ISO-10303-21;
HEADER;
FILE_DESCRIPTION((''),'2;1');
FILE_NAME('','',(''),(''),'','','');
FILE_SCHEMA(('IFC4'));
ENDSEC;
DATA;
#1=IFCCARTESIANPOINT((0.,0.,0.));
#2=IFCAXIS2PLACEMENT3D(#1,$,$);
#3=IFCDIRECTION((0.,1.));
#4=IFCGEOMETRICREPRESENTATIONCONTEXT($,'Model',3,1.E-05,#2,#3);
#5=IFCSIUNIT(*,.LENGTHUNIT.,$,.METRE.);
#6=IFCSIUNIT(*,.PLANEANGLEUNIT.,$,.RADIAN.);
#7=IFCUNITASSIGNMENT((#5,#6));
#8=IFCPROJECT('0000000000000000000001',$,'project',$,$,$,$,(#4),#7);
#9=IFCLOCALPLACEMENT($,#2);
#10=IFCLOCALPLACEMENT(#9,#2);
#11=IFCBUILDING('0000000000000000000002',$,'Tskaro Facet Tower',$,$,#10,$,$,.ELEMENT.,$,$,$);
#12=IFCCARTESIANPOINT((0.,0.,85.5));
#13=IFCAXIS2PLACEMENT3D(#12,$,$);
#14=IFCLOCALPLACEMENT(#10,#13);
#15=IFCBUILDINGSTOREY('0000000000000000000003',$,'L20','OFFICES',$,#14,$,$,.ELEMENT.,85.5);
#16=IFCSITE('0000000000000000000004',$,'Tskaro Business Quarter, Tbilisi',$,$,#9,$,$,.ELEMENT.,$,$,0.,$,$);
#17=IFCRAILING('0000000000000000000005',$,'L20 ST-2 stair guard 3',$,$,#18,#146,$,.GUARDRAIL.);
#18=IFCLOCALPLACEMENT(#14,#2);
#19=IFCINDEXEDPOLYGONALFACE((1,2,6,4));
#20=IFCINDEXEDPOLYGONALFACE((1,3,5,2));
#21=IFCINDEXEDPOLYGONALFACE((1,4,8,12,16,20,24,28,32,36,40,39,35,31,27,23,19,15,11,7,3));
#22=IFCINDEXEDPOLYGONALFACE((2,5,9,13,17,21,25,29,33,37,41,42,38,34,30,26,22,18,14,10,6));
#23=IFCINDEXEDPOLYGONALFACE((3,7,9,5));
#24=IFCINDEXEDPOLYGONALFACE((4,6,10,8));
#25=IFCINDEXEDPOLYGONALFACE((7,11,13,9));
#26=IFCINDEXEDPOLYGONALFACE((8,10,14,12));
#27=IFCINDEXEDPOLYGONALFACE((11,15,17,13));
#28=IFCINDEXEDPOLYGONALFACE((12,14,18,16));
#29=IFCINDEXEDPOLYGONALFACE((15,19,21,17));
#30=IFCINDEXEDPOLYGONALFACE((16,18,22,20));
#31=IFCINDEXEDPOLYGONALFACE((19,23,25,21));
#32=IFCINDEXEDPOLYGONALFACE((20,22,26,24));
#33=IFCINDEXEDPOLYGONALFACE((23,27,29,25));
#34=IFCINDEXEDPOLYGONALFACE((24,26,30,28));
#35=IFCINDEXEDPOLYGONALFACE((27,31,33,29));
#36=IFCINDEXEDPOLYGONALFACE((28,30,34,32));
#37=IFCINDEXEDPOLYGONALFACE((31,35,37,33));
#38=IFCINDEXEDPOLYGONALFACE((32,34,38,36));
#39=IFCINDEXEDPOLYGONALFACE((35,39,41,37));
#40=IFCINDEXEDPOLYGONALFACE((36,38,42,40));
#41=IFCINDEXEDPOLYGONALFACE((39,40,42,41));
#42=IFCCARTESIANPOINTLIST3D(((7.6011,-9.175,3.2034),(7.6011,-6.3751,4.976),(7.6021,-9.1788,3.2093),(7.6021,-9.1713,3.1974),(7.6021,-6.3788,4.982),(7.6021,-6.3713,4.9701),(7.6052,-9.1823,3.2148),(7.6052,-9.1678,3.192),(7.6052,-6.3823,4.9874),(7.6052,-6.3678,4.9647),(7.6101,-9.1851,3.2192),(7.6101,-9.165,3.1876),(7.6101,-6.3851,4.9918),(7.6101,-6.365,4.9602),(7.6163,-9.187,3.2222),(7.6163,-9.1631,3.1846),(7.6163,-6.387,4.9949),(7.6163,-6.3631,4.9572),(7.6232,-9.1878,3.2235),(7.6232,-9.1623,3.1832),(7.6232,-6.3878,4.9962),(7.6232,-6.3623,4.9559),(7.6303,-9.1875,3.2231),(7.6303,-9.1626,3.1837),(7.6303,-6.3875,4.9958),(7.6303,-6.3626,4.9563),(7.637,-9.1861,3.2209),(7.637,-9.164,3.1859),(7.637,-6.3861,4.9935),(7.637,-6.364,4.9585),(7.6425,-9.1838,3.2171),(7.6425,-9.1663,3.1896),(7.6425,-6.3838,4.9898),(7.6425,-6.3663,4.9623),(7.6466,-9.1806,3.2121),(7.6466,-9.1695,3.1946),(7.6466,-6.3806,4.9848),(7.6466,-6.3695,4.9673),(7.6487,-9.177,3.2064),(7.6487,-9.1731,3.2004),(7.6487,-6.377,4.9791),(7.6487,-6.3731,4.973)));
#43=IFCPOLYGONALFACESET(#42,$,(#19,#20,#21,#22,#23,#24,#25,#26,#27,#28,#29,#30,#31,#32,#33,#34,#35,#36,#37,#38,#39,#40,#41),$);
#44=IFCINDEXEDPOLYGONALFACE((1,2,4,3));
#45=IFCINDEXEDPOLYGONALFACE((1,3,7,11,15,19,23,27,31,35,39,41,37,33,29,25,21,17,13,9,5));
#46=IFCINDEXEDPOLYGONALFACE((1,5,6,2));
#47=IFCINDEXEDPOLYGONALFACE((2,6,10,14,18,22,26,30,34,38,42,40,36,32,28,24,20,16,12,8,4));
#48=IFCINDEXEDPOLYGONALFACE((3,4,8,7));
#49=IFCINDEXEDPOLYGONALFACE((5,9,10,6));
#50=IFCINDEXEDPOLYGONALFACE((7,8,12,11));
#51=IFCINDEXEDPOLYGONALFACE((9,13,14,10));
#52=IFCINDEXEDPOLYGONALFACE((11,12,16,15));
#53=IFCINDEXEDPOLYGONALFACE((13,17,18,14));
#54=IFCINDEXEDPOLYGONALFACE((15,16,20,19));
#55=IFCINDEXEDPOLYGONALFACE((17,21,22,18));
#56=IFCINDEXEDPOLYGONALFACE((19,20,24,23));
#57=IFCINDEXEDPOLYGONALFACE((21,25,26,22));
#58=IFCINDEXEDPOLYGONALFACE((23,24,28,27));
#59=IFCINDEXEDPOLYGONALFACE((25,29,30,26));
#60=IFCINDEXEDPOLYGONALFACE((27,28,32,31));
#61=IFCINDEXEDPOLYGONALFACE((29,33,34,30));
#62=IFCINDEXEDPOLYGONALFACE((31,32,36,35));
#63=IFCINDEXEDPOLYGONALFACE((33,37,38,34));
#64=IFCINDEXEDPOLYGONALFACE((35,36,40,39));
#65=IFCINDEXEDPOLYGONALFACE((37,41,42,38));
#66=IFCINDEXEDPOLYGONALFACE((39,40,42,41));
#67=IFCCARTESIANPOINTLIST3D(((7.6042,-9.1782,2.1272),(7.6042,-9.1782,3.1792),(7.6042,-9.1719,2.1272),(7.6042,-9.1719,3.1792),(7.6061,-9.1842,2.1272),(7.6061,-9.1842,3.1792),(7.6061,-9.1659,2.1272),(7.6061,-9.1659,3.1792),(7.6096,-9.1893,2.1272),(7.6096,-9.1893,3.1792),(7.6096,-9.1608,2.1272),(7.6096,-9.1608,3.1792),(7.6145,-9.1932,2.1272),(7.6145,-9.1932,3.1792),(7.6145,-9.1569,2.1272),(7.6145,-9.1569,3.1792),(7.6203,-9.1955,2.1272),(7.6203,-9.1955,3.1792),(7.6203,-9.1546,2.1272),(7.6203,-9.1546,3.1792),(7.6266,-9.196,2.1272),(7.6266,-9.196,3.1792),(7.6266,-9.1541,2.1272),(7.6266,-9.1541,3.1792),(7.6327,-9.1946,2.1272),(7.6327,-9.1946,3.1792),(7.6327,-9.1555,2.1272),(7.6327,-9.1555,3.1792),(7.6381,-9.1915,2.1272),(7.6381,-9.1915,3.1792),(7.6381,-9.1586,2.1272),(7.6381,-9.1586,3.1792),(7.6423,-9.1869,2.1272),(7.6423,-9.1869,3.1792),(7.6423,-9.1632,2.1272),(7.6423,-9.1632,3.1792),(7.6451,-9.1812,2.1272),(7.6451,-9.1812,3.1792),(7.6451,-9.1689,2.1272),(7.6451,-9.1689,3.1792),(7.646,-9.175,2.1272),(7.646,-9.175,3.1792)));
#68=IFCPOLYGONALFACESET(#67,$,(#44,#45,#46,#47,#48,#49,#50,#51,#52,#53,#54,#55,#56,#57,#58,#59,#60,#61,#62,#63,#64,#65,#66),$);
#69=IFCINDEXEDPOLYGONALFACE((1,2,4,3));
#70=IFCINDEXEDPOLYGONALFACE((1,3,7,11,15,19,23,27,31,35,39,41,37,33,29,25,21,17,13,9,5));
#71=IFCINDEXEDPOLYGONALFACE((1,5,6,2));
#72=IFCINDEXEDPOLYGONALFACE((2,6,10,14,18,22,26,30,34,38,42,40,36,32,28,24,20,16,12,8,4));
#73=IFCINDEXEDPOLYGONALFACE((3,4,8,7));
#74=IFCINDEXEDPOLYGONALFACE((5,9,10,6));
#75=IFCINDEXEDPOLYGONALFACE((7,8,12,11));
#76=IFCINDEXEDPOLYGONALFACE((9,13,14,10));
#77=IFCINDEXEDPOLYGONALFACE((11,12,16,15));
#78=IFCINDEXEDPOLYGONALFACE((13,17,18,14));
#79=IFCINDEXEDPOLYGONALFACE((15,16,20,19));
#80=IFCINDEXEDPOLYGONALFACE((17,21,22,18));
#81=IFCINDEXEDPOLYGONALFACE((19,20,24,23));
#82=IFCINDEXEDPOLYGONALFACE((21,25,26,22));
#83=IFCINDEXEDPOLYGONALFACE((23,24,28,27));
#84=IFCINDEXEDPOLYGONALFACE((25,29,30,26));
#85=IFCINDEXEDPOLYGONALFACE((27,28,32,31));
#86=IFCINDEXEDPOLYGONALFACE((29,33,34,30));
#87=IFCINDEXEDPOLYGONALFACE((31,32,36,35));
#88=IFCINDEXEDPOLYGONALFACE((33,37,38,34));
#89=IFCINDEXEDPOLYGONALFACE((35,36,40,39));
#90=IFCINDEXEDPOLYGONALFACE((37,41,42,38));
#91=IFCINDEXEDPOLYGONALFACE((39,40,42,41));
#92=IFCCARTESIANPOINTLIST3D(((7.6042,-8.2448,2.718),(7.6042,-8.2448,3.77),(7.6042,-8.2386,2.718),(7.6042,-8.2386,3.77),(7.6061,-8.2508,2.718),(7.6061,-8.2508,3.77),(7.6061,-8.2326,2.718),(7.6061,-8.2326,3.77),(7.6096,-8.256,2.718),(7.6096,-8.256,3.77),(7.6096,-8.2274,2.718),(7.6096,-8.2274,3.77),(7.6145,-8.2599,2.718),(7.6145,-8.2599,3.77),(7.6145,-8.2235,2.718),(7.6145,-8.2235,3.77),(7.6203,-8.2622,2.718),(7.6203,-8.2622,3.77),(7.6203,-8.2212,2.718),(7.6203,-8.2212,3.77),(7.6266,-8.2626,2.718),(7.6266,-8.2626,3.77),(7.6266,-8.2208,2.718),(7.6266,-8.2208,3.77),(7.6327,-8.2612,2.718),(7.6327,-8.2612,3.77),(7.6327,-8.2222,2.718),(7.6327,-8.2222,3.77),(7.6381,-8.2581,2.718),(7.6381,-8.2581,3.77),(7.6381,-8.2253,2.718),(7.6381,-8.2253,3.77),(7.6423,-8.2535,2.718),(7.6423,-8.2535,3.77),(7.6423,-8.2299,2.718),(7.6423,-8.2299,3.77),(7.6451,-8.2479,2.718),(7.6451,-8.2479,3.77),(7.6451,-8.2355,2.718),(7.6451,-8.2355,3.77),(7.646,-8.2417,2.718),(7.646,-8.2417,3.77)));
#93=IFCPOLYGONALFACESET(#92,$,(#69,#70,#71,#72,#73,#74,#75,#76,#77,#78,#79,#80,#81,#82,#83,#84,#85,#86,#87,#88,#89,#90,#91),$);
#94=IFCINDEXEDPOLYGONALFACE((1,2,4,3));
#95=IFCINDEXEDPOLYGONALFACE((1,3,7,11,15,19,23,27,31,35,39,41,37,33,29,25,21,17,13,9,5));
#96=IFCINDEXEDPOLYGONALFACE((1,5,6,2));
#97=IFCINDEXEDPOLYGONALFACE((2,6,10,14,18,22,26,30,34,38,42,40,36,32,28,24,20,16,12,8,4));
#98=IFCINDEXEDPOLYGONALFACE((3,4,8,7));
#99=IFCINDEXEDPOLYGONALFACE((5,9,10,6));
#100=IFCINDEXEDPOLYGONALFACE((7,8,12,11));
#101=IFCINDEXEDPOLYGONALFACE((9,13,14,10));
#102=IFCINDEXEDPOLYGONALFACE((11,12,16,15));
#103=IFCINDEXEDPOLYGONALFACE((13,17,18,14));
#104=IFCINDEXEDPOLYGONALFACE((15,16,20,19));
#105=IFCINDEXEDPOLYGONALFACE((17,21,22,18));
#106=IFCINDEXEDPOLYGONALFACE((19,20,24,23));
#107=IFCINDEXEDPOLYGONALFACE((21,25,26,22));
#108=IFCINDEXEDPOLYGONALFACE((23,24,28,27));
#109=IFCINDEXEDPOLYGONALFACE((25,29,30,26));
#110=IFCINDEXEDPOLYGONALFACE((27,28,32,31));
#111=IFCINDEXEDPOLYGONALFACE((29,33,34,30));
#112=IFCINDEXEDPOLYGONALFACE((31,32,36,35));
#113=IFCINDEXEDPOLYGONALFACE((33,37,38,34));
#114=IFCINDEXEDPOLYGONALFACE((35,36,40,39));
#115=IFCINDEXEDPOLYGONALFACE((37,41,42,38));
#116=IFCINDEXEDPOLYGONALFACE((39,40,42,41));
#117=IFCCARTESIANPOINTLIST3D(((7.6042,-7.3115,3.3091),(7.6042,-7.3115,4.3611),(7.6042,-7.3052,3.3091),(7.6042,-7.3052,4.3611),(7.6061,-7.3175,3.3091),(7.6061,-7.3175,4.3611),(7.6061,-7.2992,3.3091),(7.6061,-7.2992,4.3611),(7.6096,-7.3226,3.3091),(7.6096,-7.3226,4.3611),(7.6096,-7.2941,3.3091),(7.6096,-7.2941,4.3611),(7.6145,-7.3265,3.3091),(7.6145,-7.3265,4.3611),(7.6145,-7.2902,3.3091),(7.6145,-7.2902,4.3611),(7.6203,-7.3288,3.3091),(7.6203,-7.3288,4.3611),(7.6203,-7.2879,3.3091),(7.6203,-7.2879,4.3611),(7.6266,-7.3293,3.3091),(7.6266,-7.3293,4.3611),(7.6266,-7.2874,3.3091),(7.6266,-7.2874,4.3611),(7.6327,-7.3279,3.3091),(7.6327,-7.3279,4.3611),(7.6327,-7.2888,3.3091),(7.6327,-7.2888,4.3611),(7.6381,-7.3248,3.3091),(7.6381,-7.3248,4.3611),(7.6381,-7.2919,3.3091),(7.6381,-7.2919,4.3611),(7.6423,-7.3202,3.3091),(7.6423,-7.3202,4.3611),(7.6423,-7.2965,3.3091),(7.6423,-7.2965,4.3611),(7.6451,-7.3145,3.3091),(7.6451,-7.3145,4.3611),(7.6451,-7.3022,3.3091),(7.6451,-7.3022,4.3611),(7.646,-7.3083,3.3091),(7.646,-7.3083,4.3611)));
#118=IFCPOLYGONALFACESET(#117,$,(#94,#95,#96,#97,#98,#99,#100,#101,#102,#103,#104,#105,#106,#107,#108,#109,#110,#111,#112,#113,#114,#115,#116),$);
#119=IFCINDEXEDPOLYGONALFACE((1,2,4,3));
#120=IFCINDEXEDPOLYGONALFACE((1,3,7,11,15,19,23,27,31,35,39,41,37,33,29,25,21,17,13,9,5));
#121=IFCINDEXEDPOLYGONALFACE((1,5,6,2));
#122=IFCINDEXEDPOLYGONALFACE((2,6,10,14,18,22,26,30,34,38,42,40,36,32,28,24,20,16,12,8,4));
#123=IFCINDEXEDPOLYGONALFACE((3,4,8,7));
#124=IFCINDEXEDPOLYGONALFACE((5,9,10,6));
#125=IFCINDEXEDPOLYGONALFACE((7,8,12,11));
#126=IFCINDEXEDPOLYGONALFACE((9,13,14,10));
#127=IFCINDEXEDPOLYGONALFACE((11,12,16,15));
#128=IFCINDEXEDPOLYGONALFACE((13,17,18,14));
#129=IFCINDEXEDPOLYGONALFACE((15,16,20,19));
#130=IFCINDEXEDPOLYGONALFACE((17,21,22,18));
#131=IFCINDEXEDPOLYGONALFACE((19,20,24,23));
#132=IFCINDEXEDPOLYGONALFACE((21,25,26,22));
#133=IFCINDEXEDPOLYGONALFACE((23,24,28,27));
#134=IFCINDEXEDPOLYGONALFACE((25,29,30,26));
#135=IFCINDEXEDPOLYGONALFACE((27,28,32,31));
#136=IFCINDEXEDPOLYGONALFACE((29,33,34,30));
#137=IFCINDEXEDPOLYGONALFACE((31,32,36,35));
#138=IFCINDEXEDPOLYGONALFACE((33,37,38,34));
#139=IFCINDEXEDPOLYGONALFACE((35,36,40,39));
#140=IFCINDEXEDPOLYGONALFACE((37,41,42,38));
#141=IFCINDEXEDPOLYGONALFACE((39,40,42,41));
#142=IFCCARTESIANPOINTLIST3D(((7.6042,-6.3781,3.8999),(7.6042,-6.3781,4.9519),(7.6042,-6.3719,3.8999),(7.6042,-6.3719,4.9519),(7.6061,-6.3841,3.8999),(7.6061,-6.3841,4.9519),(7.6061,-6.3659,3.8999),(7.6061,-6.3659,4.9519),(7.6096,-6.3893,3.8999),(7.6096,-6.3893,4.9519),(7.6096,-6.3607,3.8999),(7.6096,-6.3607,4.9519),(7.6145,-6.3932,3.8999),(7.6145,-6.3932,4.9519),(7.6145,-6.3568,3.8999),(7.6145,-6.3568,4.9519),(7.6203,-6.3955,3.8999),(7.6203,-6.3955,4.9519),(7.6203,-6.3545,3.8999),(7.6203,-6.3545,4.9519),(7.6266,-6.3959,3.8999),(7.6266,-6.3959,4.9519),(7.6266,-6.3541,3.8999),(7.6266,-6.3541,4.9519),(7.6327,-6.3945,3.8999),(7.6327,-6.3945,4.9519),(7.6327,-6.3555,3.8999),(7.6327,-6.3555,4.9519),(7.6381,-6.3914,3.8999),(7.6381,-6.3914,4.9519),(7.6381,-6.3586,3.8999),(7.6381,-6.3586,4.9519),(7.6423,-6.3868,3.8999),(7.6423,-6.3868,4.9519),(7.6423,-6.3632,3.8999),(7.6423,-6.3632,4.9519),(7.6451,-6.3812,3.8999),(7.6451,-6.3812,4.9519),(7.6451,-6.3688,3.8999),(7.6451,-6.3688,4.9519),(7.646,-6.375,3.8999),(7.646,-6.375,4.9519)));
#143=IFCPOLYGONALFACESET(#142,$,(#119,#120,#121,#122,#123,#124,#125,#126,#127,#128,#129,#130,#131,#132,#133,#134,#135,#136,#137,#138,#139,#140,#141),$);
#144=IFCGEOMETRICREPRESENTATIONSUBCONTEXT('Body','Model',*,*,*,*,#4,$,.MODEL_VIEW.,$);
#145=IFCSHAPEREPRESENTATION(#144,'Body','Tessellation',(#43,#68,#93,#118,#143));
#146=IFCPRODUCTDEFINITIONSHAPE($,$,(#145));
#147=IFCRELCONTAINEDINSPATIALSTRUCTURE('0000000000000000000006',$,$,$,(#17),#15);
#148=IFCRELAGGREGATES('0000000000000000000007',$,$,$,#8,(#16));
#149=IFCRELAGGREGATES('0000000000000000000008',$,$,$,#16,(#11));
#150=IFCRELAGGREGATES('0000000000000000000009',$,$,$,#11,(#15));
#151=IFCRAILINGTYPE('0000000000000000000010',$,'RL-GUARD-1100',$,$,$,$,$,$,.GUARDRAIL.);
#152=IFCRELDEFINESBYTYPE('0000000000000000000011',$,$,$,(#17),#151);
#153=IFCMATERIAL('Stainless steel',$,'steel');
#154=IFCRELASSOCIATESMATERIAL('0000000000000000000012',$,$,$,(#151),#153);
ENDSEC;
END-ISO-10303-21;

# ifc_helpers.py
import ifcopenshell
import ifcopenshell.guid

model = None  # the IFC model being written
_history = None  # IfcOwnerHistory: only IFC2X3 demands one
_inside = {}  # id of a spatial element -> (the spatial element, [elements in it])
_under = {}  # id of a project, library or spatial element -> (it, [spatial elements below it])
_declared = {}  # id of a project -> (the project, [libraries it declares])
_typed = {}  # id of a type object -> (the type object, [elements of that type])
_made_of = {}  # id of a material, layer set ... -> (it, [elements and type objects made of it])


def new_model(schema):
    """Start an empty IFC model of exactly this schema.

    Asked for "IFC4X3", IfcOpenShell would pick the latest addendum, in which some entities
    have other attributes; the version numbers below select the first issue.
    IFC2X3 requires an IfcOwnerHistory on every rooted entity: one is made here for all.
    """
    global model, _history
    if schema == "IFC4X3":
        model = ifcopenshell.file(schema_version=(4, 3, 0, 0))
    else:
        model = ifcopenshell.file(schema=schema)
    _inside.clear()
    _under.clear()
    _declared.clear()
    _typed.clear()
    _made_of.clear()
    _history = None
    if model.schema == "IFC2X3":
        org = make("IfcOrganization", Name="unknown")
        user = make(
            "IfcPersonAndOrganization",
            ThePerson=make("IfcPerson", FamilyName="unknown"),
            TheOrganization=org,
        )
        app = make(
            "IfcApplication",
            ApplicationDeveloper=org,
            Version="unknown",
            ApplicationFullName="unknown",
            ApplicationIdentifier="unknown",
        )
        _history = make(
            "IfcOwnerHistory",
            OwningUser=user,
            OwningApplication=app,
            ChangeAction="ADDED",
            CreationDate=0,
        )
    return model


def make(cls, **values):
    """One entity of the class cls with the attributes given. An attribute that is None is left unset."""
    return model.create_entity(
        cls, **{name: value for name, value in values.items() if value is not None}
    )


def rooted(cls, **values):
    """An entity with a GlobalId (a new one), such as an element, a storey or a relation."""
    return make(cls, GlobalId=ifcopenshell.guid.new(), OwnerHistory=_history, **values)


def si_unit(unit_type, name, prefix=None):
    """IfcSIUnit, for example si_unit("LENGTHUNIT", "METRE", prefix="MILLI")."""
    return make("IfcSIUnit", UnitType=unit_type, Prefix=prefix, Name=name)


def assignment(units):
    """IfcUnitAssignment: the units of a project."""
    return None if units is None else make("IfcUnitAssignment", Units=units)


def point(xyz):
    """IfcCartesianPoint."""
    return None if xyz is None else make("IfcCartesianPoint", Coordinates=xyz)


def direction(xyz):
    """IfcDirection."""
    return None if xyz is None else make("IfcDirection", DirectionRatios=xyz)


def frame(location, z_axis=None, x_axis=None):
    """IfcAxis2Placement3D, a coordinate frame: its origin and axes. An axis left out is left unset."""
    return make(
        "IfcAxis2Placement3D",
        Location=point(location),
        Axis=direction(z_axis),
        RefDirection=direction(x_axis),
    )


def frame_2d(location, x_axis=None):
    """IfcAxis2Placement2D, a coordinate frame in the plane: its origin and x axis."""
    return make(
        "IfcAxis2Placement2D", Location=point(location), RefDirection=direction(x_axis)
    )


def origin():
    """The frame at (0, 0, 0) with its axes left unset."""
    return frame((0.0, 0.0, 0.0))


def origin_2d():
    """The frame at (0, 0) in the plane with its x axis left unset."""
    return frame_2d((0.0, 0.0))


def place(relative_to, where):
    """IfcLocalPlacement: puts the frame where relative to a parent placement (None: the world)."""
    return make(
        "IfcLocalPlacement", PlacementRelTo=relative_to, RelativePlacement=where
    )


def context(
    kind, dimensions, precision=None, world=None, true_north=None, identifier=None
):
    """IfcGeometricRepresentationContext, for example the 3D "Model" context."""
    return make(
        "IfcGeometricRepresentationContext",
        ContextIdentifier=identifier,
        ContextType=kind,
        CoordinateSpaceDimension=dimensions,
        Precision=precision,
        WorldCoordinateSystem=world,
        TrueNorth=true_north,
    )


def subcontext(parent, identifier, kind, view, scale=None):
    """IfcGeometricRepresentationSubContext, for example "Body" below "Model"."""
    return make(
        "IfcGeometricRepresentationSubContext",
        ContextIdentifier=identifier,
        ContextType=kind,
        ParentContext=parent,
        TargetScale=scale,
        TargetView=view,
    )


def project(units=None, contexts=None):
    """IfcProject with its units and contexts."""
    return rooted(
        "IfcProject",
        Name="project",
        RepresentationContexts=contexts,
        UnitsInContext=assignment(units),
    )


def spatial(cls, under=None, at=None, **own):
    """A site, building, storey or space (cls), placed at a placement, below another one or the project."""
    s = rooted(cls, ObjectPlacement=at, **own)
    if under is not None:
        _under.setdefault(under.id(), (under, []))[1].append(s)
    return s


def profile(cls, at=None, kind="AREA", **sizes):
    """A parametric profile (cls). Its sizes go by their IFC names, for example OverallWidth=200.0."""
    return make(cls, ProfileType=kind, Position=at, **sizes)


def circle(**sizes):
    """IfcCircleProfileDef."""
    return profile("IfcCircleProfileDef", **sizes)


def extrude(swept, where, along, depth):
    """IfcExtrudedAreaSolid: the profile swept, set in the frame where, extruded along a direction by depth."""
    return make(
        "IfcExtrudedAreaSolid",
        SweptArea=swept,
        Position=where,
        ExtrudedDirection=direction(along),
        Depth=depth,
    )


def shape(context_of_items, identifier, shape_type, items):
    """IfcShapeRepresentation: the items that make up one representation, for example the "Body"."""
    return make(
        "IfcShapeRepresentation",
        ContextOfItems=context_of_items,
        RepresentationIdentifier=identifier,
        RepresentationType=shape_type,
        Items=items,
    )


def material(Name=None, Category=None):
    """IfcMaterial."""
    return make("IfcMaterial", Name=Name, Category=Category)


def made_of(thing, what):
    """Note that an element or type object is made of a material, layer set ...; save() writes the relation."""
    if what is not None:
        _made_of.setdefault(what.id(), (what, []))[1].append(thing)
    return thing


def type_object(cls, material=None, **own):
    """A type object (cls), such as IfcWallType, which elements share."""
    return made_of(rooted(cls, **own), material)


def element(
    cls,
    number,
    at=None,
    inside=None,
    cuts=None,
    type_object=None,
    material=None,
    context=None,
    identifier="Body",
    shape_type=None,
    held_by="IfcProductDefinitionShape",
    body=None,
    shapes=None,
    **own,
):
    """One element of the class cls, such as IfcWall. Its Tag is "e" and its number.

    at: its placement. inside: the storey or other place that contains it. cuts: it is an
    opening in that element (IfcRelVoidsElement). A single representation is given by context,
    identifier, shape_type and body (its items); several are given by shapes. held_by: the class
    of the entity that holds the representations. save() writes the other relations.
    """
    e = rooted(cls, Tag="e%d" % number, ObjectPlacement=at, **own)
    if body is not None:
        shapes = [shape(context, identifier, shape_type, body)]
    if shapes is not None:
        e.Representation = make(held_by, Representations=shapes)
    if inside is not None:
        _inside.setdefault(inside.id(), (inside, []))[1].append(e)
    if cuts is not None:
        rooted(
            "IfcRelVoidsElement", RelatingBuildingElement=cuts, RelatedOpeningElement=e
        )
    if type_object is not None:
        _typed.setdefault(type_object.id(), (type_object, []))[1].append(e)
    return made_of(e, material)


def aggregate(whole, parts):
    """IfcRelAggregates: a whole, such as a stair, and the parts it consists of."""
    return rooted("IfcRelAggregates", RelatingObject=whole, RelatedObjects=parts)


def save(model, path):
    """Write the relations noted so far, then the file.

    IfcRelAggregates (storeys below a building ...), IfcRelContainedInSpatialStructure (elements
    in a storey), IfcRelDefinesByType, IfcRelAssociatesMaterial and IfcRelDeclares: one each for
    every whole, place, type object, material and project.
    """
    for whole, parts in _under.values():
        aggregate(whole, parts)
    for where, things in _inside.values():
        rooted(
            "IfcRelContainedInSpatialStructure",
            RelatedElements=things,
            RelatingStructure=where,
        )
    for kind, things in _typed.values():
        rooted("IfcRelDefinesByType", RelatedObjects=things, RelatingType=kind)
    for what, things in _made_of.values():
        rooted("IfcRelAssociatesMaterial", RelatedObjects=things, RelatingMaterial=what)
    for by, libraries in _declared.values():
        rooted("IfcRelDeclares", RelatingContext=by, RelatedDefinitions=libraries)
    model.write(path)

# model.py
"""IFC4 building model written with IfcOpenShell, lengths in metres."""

from ifc_helpers import new_model, si_unit, direction, frame, origin, origin_2d, place, context, subcontext, project, spatial, circle, extrude, material, type_object, element, save


model = new_model("IFC4")

# Units and contexts
model_context = context("Model", 3, precision=1e-05, world=origin(), true_north=direction((0.0, 1.0)))
body_context = subcontext(model_context, "Body", "Model", "MODEL_VIEW")
ifc_project = project(units=[si_unit("LENGTHUNIT", "METRE"), si_unit("PLANEANGLEUNIT", "RADIAN")], contexts=[model_context])

# Site, building, storey
site_placement = place(None, origin())
site = spatial("IfcSite", under=ifc_project, at=site_placement, Name="Tskaro Business Quarter, Tbilisi", CompositionType="ELEMENT", RefElevation=0.0)
building_placement = place(site_placement, origin())
building = spatial("IfcBuilding", under=site, at=building_placement, Name="Tskaro Facet Tower", CompositionType="ELEMENT")
storey_placement = place(building_placement, frame((0.0, 0.0, 85.5)))
storey = spatial("IfcBuildingStorey", under=building, at=storey_placement, Name="L20", Description="OFFICES", CompositionType="ELEMENT", Elevation=85.5)

# Railing
ifc_material_1 = material(Name="Stainless steel", Category="steel")
railing_type_1 = type_object("IfcRailingType", Name="RL-GUARD-1100", PredefinedType="GUARDRAIL", material=ifc_material_1)
railing_1_placement = place(storey_placement, frame((7.625, -9.175, 2.1272)))
element("IfcRailing", 1, at=railing_1_placement, inside=storey, type_object=railing_type_1, Name="L20 ST-2 stair guard 3", PredefinedType="GUARDRAIL", context=body_context, shape_type="SweptSolid", body=[
    extrude(circle(Radius=0.0239, at=origin_2d()), frame((0.0, 0.0, 1.0762), z_axis=(0.0, 0.844909, 0.53491), x_axis=(-1.0, 0.0, 0.0)), (0.0, 0.0, 1.0), 3.314),
    extrude(circle(Radius=0.021, at=origin_2d()), origin(), (0.0, 0.0, 1.0), 1.052),
    extrude(circle(Radius=0.021, at=origin_2d()), frame((0.0, 0.9333, 0.5908)), (0.0, 0.0, 1.0), 1.052),
    extrude(circle(Radius=0.021, at=origin_2d()), frame((0.0, 1.8667, 1.1819)), (0.0, 0.0, 1.0), 1.052),
    extrude(circle(Radius=0.021, at=origin_2d()), frame((0.0, 2.8, 1.7727)), (0.0, 0.0, 1.0), 1.052),
])

save(model, "model.ifc")
